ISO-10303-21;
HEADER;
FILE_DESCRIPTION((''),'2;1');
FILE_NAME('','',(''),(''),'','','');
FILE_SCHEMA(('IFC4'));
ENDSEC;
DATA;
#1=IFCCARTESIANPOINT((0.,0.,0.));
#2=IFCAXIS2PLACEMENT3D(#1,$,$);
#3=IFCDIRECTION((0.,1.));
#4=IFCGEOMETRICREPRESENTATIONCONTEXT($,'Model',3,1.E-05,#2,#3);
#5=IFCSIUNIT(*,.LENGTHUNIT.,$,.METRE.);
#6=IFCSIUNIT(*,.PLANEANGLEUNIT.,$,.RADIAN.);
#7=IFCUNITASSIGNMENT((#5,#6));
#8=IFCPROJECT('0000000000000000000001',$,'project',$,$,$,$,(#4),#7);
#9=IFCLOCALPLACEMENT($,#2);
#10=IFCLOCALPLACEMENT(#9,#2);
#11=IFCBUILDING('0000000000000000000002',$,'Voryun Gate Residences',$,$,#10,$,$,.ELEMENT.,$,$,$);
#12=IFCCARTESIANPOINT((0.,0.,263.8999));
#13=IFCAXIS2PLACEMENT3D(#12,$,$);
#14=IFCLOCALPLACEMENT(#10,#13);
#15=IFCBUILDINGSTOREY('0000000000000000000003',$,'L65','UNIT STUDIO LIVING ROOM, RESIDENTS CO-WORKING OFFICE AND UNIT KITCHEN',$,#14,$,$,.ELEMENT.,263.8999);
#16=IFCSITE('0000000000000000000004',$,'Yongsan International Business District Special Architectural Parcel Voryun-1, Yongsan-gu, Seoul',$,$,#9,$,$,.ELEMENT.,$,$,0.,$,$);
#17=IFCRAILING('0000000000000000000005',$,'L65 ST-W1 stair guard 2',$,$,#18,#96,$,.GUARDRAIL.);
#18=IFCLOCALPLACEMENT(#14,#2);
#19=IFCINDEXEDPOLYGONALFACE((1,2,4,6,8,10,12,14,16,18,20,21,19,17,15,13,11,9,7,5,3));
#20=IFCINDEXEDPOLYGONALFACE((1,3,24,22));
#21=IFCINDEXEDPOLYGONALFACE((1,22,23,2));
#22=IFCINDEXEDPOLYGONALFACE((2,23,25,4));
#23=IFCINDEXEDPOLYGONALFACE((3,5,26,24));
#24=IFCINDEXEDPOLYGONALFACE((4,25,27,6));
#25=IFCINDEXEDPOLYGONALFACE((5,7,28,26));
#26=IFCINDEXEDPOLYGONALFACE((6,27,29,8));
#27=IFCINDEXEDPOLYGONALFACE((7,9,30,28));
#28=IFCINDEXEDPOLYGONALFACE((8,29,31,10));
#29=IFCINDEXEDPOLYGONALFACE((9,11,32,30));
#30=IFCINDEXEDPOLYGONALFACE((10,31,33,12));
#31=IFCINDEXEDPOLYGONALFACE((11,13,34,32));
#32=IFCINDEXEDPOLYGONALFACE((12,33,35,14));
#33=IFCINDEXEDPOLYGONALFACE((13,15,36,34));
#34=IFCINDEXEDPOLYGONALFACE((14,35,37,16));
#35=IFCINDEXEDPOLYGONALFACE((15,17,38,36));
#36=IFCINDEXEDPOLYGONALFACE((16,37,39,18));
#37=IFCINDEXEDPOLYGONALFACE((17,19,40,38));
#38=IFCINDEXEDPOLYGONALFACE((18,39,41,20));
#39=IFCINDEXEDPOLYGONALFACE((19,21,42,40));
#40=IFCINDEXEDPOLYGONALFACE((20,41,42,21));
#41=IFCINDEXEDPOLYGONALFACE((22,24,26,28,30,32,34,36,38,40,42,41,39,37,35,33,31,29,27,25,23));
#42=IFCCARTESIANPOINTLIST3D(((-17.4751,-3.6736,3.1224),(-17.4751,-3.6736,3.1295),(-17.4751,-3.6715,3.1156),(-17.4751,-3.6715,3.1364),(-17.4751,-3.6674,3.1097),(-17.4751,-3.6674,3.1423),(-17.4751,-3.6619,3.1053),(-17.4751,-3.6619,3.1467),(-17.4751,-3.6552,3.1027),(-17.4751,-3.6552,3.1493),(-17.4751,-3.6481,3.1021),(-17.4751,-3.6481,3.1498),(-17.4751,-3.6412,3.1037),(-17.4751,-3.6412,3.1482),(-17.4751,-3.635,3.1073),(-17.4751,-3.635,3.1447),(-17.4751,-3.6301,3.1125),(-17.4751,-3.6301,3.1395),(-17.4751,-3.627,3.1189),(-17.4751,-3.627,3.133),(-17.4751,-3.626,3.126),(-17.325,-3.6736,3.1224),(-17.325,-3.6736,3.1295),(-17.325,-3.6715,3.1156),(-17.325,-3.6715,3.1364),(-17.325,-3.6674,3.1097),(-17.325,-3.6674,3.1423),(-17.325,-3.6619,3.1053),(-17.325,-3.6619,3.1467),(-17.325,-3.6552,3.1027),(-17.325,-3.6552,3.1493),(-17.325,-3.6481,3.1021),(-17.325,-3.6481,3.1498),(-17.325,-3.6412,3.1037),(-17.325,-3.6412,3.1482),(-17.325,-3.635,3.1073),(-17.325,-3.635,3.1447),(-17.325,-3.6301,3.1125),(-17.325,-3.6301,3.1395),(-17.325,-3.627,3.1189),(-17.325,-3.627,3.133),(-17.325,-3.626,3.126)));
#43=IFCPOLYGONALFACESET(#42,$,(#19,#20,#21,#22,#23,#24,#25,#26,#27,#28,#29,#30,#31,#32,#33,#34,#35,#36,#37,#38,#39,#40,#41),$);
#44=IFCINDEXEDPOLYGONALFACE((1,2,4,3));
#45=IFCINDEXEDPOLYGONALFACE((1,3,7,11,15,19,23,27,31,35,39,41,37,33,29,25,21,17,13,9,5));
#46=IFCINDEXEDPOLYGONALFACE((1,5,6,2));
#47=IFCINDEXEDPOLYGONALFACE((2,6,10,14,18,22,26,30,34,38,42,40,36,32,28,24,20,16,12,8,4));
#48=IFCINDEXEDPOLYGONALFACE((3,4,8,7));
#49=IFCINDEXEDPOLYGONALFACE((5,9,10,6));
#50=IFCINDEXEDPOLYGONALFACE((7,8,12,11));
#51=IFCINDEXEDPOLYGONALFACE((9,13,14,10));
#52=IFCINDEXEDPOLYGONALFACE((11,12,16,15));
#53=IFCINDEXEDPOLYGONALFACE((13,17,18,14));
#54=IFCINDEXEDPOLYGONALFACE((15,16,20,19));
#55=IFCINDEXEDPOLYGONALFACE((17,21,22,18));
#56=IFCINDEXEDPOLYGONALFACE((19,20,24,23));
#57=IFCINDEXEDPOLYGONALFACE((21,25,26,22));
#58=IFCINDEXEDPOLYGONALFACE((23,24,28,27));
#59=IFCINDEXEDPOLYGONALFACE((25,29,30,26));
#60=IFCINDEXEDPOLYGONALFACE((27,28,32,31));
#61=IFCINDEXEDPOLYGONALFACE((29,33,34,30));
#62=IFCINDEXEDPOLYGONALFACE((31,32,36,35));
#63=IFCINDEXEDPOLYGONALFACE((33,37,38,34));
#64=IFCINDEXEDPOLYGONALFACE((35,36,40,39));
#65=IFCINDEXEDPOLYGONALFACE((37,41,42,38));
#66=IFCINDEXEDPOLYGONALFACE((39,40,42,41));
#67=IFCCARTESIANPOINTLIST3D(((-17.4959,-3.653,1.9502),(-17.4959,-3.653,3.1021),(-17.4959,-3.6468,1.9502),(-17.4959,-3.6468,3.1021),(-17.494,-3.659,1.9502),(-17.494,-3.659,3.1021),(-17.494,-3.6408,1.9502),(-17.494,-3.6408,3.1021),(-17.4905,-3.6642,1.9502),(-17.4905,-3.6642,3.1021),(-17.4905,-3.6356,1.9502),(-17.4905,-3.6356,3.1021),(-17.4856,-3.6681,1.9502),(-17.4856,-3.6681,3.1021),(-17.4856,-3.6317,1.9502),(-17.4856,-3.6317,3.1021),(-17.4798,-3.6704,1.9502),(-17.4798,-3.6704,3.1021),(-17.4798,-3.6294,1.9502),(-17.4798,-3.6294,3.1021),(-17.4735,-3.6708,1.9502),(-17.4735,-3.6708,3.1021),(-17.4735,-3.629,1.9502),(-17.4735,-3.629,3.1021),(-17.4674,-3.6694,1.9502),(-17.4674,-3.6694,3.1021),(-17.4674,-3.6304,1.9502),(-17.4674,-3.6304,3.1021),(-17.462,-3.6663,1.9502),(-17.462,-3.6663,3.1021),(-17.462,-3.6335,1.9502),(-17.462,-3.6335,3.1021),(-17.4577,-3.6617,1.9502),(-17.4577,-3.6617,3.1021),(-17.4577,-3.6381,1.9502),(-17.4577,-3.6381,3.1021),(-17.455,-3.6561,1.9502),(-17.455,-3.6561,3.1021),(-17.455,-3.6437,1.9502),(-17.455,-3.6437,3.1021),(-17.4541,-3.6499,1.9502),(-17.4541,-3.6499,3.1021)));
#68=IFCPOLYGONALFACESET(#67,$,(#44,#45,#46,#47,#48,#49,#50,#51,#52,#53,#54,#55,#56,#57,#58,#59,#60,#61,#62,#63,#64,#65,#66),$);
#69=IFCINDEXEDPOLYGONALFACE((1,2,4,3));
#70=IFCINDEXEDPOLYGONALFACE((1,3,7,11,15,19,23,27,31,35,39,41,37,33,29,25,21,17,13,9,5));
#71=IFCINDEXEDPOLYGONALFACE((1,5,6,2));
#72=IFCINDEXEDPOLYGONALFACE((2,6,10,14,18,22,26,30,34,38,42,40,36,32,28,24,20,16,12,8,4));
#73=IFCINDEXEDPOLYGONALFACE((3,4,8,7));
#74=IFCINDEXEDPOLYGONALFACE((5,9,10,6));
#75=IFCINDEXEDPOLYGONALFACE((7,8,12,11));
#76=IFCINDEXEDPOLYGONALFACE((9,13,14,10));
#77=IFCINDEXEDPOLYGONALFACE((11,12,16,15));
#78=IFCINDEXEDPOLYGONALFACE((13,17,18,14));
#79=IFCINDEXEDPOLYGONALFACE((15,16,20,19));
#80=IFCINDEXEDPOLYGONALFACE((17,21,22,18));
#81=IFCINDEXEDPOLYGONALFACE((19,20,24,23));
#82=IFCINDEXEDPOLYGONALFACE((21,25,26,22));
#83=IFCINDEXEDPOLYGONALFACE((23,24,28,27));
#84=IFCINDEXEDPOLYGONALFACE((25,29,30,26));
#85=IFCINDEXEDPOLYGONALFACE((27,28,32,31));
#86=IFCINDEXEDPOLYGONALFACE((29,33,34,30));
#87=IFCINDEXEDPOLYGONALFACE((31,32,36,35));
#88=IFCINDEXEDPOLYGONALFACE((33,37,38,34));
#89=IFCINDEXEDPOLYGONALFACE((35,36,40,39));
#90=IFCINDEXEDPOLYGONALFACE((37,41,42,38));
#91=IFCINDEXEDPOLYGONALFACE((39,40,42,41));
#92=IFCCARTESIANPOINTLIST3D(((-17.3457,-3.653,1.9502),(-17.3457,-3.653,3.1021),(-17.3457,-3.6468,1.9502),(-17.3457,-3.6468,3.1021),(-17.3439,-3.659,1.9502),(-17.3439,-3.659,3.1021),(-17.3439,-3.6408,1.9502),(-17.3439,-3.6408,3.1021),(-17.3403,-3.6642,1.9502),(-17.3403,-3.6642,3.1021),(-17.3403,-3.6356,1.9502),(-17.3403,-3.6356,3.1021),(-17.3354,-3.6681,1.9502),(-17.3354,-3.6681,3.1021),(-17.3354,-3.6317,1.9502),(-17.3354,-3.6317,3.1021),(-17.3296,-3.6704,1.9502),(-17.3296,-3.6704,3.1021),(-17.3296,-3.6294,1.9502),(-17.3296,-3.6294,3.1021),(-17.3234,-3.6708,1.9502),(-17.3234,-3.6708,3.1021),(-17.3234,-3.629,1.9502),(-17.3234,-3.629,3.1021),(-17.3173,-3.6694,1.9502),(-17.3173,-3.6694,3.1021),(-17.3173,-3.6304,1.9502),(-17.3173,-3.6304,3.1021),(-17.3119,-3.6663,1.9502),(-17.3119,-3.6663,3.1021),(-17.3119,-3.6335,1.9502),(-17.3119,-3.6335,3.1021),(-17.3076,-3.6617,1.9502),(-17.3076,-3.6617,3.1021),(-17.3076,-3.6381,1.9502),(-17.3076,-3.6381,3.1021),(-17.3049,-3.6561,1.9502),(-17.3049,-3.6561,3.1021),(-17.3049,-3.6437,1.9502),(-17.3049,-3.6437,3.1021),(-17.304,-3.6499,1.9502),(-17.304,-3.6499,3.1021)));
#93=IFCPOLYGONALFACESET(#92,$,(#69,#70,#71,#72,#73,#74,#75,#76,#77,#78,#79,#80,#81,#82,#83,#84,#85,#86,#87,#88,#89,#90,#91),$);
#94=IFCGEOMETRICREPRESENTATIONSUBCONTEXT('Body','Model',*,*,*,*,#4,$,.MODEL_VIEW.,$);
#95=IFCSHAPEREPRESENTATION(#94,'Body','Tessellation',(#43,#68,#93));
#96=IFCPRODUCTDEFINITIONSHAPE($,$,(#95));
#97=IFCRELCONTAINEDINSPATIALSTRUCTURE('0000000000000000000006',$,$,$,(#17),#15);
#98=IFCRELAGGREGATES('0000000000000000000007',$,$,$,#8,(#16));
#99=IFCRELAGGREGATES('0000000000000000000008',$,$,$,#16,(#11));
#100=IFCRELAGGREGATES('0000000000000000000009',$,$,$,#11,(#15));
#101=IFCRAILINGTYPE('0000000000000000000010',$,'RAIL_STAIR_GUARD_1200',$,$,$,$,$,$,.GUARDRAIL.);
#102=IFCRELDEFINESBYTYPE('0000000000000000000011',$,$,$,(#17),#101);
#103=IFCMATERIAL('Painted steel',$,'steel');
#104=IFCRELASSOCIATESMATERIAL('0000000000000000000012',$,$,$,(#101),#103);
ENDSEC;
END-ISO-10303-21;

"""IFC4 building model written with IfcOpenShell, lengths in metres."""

from ifc_helpers import new_model, si_unit, direction, frame, origin, origin_2d, place, context, subcontext, project, spatial, circle, extrude, material, type_object, element, save


model = new_model("IFC4")

# Units and contexts
model_context = context("Model", 3, precision=1e-05, world=origin(), true_north=direction((0.0, 1.0)))
body_context = subcontext(model_context, "Body", "Model", "MODEL_VIEW")
ifc_project = project(units=[si_unit("LENGTHUNIT", "METRE"), si_unit("PLANEANGLEUNIT", "RADIAN")], contexts=[model_context])

# Site, building, storey
site_placement = place(None, origin())
site = spatial("IfcSite", under=ifc_project, at=site_placement, Name="Yongsan International Business District Special Architectural Parcel Voryun-1, Yongsan-gu, Seoul", CompositionType="ELEMENT", RefElevation=0.0)
building_placement = place(site_placement, origin())
building = spatial("IfcBuilding", under=site, at=building_placement, Name="Voryun Gate Residences", CompositionType="ELEMENT")
storey_placement = place(building_placement, frame((0.0, 0.0, 263.8999)))
storey = spatial("IfcBuildingStorey", under=building, at=storey_placement, Name="L65", Description="UNIT STUDIO LIVING ROOM, RESIDENTS CO-WORKING OFFICE AND UNIT KITCHEN", CompositionType="ELEMENT", Elevation=263.8999)

# Railing
ifc_material_1 = material(Name="Painted steel", Category="steel")
railing_type_1 = type_object("IfcRailingType", Name="RAIL_STAIR_GUARD_1200", PredefinedType="GUARDRAIL", material=ifc_material_1)
railing_1_placement = place(storey_placement, frame((-17.4751, -3.6499, 1.9502)))
element("IfcRailing", 1, at=railing_1_placement, inside=storey, type_object=railing_type_1, Name="L65 ST-W1 stair guard 2", PredefinedType="GUARDRAIL", context=body_context, shape_type="SweptSolid", body=[
    extrude(circle(Radius=0.0239, at=origin_2d()), frame((0.0, 0.0, 1.1758), z_axis=(1.0, 0.0, 0.0), x_axis=(0.0, 1.0, 0.0)), (0.0, 0.0, 1.0), 0.1501),
    extrude(circle(Radius=0.021, at=origin_2d()), origin(), (0.0, 0.0, 1.0), 1.1519),
    extrude(circle(Radius=0.021, at=origin_2d()), frame((0.1501, 0.0, 0.0)), (0.0, 0.0, 1.0), 1.1519),
])

save(model, "model.ifc")
